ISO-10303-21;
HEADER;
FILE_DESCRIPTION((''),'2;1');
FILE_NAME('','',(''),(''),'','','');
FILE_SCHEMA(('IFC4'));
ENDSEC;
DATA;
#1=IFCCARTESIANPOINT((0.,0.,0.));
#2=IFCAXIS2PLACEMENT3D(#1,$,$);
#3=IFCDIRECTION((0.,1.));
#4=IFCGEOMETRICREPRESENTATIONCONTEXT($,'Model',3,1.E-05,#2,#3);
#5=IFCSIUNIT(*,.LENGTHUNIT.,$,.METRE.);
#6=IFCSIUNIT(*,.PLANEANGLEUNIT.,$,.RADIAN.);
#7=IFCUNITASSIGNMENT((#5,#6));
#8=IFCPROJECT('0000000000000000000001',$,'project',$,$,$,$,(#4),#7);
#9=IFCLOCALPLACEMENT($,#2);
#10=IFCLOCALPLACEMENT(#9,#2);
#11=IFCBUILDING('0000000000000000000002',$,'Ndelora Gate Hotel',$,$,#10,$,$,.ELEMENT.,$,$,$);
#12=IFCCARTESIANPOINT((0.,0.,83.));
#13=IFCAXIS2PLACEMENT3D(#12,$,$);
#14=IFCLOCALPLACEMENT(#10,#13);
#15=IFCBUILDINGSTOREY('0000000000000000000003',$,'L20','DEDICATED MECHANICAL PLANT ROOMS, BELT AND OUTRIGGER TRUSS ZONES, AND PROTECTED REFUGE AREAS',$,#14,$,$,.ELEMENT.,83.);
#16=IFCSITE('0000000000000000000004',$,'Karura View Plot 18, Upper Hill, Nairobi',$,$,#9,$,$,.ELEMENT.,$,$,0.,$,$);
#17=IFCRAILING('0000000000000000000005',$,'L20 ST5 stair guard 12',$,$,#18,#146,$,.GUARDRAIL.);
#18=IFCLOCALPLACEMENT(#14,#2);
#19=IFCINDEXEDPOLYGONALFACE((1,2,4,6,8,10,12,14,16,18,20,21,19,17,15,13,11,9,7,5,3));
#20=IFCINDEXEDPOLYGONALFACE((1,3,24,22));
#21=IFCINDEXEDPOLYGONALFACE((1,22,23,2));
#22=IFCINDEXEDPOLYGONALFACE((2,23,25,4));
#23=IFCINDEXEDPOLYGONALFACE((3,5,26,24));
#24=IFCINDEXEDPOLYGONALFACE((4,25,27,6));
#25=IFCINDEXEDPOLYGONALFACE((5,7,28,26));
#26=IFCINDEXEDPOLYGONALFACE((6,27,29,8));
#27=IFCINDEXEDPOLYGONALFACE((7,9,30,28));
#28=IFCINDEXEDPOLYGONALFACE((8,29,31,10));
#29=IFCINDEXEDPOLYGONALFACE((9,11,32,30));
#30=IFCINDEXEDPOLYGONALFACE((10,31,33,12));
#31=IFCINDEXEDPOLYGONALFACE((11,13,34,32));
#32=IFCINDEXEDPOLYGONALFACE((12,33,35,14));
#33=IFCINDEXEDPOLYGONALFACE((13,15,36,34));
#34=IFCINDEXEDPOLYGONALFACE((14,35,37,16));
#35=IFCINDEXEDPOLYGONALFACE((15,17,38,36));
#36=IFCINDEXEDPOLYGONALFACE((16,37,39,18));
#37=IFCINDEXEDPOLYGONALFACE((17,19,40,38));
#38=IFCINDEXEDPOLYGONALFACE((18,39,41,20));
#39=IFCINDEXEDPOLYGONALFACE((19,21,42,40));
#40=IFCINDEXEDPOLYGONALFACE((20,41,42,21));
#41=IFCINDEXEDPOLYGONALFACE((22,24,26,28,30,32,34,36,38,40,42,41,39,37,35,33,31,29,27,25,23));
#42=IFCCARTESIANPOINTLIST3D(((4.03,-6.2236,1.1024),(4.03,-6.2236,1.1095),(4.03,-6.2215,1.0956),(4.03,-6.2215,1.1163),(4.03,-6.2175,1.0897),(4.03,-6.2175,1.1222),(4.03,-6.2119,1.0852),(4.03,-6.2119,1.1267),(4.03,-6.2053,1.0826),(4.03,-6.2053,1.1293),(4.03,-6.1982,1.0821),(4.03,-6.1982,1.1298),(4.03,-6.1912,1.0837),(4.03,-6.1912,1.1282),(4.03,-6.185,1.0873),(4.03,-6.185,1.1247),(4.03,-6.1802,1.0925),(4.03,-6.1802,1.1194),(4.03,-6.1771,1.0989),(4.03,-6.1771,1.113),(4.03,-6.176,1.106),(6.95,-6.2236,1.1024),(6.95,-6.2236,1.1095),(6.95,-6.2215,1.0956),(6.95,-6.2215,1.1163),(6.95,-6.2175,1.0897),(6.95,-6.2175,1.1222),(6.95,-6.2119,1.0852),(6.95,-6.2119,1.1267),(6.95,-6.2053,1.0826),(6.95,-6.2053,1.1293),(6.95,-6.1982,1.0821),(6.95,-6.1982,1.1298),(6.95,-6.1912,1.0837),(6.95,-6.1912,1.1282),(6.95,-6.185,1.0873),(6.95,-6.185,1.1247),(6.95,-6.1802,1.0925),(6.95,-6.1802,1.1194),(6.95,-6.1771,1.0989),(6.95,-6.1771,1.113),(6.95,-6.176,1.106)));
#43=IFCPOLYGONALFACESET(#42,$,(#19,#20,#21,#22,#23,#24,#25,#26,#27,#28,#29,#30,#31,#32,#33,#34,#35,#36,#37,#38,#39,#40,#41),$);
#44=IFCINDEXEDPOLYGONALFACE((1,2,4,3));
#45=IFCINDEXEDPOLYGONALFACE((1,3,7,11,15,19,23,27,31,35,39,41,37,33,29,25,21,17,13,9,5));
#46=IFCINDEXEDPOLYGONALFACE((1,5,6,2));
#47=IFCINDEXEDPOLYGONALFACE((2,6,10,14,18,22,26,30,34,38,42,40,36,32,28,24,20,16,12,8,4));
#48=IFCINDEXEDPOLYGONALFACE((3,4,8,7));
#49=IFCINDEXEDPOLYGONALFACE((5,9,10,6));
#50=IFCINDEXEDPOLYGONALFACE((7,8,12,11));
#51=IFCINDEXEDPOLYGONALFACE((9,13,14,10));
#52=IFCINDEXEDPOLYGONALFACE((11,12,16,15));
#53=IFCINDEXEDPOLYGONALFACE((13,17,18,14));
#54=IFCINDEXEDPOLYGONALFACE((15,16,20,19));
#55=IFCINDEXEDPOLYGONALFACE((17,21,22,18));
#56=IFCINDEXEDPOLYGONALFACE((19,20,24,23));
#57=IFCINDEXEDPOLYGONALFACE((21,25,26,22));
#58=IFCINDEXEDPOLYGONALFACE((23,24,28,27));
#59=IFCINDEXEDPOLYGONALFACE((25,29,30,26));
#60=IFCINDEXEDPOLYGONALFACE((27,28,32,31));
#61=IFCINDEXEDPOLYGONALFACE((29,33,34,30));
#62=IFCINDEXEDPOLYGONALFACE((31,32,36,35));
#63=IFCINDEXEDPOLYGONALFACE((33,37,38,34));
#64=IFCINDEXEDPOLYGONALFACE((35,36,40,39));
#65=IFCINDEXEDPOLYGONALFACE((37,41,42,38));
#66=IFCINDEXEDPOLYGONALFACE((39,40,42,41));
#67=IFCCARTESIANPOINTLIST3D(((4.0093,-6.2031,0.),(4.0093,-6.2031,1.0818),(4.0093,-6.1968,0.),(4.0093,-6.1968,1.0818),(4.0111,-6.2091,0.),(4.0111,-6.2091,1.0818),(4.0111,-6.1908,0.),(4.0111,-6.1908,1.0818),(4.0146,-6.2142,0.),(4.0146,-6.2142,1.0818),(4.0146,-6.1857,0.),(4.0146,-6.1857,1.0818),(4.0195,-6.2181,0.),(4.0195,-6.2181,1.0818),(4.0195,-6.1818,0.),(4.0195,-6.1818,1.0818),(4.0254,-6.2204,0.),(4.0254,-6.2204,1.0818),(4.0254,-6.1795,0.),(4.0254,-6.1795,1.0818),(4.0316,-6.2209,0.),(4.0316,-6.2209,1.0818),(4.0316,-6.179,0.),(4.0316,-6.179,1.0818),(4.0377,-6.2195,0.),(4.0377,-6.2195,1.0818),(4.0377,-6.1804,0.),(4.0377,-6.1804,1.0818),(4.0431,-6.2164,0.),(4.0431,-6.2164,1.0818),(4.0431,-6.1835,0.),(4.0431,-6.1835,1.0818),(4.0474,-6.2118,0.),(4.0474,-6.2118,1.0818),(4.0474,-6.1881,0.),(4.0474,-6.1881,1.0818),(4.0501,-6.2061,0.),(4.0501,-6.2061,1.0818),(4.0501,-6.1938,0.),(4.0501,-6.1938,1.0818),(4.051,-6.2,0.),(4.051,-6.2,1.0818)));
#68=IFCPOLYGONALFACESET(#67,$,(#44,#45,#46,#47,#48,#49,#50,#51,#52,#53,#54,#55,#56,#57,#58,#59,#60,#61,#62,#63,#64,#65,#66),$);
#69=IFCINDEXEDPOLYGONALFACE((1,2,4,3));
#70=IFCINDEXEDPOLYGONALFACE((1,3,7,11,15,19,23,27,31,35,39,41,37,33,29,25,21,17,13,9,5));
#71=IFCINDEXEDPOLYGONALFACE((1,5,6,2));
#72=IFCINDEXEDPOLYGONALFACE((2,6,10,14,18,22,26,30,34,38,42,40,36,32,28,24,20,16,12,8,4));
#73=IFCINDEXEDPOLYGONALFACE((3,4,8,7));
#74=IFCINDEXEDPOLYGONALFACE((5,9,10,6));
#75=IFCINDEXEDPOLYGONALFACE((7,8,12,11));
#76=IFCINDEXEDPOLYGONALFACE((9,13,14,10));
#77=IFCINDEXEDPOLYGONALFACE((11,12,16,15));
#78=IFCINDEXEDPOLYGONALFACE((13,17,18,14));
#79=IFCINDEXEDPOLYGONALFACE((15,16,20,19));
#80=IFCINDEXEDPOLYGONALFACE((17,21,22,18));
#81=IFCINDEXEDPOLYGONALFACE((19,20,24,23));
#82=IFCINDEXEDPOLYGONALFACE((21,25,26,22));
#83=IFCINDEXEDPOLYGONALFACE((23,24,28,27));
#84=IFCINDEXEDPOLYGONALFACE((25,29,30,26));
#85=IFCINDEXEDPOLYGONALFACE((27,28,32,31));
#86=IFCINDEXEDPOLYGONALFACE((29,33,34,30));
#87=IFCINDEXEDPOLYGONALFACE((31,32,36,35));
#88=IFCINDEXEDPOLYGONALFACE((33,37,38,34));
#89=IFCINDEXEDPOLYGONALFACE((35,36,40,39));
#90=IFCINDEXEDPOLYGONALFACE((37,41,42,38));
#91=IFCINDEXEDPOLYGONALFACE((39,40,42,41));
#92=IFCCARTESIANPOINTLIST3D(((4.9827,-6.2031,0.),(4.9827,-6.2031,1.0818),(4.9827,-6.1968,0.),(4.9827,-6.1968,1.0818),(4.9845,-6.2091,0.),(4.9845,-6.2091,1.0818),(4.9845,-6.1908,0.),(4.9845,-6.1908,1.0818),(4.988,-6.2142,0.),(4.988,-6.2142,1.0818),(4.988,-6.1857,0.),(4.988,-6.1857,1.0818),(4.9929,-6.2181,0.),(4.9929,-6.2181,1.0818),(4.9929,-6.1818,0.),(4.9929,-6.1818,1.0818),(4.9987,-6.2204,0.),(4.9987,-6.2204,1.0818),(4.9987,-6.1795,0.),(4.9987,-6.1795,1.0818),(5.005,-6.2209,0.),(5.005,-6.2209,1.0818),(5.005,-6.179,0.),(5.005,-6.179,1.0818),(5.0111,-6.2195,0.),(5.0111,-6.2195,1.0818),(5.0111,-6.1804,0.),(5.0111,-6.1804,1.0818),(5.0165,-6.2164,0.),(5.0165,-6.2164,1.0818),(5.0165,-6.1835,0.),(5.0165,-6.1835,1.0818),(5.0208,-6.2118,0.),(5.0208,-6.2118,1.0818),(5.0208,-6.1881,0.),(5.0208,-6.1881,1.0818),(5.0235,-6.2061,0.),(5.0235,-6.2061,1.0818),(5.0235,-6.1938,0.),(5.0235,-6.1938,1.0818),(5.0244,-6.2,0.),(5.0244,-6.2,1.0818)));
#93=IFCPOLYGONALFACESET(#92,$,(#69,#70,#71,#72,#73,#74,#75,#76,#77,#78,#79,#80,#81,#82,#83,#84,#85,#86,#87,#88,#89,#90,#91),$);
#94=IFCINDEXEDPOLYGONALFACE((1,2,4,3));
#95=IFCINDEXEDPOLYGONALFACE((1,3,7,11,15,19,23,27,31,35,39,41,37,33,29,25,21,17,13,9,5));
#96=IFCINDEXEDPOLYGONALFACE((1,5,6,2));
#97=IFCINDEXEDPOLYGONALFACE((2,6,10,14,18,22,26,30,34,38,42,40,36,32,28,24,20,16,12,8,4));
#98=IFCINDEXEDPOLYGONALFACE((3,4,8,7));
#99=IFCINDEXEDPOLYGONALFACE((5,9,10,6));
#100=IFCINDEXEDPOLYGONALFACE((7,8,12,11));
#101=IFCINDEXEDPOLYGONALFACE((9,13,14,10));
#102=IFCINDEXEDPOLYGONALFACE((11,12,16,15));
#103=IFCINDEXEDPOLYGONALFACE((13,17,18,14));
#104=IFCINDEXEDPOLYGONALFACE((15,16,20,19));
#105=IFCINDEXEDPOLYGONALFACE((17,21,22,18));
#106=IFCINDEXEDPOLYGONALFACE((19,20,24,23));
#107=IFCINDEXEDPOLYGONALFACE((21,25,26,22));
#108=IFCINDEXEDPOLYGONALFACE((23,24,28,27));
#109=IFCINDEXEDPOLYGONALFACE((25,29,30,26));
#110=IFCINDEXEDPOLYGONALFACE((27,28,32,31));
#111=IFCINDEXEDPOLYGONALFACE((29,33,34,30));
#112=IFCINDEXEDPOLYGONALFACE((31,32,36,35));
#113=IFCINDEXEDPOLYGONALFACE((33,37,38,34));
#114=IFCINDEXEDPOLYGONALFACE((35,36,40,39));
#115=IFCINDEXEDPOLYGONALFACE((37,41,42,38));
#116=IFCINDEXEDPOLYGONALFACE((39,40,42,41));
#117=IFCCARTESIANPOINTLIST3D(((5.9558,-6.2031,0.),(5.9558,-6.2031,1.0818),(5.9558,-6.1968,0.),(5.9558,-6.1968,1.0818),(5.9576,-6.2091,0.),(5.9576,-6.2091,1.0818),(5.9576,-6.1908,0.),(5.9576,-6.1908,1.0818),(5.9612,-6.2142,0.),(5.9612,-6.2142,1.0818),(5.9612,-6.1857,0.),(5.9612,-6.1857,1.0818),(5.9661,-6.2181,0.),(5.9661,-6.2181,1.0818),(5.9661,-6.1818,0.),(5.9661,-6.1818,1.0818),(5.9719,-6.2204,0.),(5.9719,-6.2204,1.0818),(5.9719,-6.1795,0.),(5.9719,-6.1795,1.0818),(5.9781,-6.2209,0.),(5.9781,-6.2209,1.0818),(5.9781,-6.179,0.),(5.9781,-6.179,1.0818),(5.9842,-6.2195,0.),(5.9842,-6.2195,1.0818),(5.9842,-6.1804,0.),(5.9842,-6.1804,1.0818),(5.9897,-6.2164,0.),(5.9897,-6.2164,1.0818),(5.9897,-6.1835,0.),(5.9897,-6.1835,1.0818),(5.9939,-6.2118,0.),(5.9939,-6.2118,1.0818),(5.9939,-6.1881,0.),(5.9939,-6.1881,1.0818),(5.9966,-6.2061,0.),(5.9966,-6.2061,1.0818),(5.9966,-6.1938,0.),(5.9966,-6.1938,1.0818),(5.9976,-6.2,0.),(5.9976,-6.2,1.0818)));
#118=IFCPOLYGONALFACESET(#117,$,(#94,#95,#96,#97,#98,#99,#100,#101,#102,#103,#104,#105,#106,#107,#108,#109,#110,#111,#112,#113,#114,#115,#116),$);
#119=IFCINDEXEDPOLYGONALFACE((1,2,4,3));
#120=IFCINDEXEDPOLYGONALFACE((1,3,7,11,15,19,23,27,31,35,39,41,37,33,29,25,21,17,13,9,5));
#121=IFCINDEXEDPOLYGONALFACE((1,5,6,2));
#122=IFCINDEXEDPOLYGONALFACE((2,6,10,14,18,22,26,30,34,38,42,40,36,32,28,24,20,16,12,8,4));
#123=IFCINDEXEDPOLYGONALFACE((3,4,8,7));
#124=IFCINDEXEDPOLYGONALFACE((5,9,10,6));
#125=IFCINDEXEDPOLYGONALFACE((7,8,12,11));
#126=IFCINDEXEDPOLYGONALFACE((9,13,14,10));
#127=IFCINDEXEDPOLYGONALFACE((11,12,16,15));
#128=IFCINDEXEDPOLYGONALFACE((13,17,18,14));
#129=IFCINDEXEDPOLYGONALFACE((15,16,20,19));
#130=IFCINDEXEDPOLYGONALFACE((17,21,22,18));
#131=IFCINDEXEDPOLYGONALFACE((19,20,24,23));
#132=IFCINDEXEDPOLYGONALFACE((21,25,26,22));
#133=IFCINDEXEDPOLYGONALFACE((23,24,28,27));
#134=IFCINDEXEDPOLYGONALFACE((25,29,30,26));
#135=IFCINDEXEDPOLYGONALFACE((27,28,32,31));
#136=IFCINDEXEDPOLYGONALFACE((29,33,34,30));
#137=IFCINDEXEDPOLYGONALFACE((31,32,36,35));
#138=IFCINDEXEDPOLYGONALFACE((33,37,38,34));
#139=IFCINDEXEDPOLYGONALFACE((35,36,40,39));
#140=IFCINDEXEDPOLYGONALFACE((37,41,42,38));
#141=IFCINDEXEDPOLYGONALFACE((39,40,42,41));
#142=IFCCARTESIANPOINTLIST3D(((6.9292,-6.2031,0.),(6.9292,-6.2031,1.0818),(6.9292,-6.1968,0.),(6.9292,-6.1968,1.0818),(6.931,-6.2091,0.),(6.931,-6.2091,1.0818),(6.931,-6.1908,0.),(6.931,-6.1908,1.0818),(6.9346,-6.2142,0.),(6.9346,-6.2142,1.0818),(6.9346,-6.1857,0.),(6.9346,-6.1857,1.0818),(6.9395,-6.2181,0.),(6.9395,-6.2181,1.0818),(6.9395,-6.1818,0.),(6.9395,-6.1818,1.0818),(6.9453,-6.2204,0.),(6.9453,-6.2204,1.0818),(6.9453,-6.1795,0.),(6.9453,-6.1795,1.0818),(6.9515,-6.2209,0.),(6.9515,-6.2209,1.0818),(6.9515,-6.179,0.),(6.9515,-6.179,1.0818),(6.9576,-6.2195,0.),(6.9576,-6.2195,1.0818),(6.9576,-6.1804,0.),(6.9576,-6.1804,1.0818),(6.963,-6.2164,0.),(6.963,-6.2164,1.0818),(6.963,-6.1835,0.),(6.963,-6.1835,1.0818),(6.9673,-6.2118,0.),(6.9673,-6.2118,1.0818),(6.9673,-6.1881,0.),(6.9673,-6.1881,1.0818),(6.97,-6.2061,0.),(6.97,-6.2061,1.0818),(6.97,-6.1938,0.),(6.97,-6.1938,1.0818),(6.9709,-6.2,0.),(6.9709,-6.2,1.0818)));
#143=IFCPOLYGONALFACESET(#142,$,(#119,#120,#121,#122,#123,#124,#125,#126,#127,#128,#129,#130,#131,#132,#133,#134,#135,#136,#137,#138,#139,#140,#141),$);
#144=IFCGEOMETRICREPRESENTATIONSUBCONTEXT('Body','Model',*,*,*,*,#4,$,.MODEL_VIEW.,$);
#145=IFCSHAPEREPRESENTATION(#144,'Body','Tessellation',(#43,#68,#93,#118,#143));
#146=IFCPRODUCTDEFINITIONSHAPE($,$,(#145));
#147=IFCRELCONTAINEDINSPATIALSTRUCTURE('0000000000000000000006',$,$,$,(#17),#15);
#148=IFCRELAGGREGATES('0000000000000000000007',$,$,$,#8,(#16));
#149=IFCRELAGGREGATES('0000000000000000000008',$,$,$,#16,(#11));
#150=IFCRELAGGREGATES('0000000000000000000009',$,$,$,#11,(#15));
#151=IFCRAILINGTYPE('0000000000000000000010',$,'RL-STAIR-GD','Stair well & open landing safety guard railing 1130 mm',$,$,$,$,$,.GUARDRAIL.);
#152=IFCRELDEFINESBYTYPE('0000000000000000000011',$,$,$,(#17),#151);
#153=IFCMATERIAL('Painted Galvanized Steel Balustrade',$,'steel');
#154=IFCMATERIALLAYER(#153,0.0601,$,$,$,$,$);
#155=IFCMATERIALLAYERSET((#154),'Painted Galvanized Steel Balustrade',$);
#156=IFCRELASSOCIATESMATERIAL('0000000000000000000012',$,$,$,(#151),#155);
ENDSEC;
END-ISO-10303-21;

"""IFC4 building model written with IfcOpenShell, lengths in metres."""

from ifc_helpers import new_model, si_unit, direction, frame, origin, origin_2d, place, context, subcontext, project, spatial, circle, extrude, material, layer, layer_set, type_object, element, save


model = new_model("IFC4")

# Units and contexts
model_context = context("Model", 3, precision=1e-05, world=origin(), true_north=direction((0.0, 1.0)))
body_context = subcontext(model_context, "Body", "Model", "MODEL_VIEW")
ifc_project = project(units=[si_unit("LENGTHUNIT", "METRE"), si_unit("PLANEANGLEUNIT", "RADIAN")], contexts=[model_context])

# Site, building, storey
site_placement = place(None, origin())
site = spatial("IfcSite", under=ifc_project, at=site_placement, Name="Karura View Plot 18, Upper Hill, Nairobi", CompositionType="ELEMENT", RefElevation=0.0)
building_placement = place(site_placement, origin())
building = spatial("IfcBuilding", under=site, at=building_placement, Name="Ndelora Gate Hotel", CompositionType="ELEMENT")
storey_placement = place(building_placement, frame((0.0, 0.0, 83.0)))
storey = spatial("IfcBuildingStorey", under=building, at=storey_placement, Name="L20", Description="DEDICATED MECHANICAL PLANT ROOMS, BELT AND OUTRIGGER TRUSS ZONES, AND PROTECTED REFUGE AREAS", CompositionType="ELEMENT", Elevation=83.0)

# Railing
ifc_material_1 = material(Name="Painted Galvanized Steel Balustrade", Category="steel")
ifc_layer_1 = layer(ifc_material_1, 0.0601)
ifc_layer_set_1 = layer_set([ifc_layer_1], Name="Painted Galvanized Steel Balustrade")
railing_type_1 = type_object("IfcRailingType", Name="RL-STAIR-GD", Description="Stair well & open landing safety guard railing 1130 mm", PredefinedType="GUARDRAIL", material=ifc_layer_set_1)
railing_1_placement = place(storey_placement, frame((4.03, -6.2, 0.0)))
element("IfcRailing", 1, at=railing_1_placement, inside=storey, type_object=railing_type_1, Name="L20 ST5 stair guard 12", PredefinedType="GUARDRAIL", context=body_context, shape_type="SweptSolid", body=[
    extrude(circle(Radius=0.0239, at=origin_2d()), frame((0.0, 0.0, 1.106), z_axis=(1.0, 0.0, 0.0), x_axis=(0.0, 1.0, 0.0)), (0.0, 0.0, 1.0), 2.9199),
    extrude(circle(Radius=0.021, at=origin_2d()), origin(), (0.0, 0.0, 1.0), 1.0818),
    extrude(circle(Radius=0.021, at=origin_2d()), frame((0.9734, 0.0, 0.0)), (0.0, 0.0, 1.0), 1.0818),
    extrude(circle(Radius=0.021, at=origin_2d()), frame((1.9465, 0.0, 0.0)), (0.0, 0.0, 1.0), 1.0818),
    extrude(circle(Radius=0.021, at=origin_2d()), frame((2.9199, 0.0, 0.0)), (0.0, 0.0, 1.0), 1.0818),
])

save(model, "model.ifc")
